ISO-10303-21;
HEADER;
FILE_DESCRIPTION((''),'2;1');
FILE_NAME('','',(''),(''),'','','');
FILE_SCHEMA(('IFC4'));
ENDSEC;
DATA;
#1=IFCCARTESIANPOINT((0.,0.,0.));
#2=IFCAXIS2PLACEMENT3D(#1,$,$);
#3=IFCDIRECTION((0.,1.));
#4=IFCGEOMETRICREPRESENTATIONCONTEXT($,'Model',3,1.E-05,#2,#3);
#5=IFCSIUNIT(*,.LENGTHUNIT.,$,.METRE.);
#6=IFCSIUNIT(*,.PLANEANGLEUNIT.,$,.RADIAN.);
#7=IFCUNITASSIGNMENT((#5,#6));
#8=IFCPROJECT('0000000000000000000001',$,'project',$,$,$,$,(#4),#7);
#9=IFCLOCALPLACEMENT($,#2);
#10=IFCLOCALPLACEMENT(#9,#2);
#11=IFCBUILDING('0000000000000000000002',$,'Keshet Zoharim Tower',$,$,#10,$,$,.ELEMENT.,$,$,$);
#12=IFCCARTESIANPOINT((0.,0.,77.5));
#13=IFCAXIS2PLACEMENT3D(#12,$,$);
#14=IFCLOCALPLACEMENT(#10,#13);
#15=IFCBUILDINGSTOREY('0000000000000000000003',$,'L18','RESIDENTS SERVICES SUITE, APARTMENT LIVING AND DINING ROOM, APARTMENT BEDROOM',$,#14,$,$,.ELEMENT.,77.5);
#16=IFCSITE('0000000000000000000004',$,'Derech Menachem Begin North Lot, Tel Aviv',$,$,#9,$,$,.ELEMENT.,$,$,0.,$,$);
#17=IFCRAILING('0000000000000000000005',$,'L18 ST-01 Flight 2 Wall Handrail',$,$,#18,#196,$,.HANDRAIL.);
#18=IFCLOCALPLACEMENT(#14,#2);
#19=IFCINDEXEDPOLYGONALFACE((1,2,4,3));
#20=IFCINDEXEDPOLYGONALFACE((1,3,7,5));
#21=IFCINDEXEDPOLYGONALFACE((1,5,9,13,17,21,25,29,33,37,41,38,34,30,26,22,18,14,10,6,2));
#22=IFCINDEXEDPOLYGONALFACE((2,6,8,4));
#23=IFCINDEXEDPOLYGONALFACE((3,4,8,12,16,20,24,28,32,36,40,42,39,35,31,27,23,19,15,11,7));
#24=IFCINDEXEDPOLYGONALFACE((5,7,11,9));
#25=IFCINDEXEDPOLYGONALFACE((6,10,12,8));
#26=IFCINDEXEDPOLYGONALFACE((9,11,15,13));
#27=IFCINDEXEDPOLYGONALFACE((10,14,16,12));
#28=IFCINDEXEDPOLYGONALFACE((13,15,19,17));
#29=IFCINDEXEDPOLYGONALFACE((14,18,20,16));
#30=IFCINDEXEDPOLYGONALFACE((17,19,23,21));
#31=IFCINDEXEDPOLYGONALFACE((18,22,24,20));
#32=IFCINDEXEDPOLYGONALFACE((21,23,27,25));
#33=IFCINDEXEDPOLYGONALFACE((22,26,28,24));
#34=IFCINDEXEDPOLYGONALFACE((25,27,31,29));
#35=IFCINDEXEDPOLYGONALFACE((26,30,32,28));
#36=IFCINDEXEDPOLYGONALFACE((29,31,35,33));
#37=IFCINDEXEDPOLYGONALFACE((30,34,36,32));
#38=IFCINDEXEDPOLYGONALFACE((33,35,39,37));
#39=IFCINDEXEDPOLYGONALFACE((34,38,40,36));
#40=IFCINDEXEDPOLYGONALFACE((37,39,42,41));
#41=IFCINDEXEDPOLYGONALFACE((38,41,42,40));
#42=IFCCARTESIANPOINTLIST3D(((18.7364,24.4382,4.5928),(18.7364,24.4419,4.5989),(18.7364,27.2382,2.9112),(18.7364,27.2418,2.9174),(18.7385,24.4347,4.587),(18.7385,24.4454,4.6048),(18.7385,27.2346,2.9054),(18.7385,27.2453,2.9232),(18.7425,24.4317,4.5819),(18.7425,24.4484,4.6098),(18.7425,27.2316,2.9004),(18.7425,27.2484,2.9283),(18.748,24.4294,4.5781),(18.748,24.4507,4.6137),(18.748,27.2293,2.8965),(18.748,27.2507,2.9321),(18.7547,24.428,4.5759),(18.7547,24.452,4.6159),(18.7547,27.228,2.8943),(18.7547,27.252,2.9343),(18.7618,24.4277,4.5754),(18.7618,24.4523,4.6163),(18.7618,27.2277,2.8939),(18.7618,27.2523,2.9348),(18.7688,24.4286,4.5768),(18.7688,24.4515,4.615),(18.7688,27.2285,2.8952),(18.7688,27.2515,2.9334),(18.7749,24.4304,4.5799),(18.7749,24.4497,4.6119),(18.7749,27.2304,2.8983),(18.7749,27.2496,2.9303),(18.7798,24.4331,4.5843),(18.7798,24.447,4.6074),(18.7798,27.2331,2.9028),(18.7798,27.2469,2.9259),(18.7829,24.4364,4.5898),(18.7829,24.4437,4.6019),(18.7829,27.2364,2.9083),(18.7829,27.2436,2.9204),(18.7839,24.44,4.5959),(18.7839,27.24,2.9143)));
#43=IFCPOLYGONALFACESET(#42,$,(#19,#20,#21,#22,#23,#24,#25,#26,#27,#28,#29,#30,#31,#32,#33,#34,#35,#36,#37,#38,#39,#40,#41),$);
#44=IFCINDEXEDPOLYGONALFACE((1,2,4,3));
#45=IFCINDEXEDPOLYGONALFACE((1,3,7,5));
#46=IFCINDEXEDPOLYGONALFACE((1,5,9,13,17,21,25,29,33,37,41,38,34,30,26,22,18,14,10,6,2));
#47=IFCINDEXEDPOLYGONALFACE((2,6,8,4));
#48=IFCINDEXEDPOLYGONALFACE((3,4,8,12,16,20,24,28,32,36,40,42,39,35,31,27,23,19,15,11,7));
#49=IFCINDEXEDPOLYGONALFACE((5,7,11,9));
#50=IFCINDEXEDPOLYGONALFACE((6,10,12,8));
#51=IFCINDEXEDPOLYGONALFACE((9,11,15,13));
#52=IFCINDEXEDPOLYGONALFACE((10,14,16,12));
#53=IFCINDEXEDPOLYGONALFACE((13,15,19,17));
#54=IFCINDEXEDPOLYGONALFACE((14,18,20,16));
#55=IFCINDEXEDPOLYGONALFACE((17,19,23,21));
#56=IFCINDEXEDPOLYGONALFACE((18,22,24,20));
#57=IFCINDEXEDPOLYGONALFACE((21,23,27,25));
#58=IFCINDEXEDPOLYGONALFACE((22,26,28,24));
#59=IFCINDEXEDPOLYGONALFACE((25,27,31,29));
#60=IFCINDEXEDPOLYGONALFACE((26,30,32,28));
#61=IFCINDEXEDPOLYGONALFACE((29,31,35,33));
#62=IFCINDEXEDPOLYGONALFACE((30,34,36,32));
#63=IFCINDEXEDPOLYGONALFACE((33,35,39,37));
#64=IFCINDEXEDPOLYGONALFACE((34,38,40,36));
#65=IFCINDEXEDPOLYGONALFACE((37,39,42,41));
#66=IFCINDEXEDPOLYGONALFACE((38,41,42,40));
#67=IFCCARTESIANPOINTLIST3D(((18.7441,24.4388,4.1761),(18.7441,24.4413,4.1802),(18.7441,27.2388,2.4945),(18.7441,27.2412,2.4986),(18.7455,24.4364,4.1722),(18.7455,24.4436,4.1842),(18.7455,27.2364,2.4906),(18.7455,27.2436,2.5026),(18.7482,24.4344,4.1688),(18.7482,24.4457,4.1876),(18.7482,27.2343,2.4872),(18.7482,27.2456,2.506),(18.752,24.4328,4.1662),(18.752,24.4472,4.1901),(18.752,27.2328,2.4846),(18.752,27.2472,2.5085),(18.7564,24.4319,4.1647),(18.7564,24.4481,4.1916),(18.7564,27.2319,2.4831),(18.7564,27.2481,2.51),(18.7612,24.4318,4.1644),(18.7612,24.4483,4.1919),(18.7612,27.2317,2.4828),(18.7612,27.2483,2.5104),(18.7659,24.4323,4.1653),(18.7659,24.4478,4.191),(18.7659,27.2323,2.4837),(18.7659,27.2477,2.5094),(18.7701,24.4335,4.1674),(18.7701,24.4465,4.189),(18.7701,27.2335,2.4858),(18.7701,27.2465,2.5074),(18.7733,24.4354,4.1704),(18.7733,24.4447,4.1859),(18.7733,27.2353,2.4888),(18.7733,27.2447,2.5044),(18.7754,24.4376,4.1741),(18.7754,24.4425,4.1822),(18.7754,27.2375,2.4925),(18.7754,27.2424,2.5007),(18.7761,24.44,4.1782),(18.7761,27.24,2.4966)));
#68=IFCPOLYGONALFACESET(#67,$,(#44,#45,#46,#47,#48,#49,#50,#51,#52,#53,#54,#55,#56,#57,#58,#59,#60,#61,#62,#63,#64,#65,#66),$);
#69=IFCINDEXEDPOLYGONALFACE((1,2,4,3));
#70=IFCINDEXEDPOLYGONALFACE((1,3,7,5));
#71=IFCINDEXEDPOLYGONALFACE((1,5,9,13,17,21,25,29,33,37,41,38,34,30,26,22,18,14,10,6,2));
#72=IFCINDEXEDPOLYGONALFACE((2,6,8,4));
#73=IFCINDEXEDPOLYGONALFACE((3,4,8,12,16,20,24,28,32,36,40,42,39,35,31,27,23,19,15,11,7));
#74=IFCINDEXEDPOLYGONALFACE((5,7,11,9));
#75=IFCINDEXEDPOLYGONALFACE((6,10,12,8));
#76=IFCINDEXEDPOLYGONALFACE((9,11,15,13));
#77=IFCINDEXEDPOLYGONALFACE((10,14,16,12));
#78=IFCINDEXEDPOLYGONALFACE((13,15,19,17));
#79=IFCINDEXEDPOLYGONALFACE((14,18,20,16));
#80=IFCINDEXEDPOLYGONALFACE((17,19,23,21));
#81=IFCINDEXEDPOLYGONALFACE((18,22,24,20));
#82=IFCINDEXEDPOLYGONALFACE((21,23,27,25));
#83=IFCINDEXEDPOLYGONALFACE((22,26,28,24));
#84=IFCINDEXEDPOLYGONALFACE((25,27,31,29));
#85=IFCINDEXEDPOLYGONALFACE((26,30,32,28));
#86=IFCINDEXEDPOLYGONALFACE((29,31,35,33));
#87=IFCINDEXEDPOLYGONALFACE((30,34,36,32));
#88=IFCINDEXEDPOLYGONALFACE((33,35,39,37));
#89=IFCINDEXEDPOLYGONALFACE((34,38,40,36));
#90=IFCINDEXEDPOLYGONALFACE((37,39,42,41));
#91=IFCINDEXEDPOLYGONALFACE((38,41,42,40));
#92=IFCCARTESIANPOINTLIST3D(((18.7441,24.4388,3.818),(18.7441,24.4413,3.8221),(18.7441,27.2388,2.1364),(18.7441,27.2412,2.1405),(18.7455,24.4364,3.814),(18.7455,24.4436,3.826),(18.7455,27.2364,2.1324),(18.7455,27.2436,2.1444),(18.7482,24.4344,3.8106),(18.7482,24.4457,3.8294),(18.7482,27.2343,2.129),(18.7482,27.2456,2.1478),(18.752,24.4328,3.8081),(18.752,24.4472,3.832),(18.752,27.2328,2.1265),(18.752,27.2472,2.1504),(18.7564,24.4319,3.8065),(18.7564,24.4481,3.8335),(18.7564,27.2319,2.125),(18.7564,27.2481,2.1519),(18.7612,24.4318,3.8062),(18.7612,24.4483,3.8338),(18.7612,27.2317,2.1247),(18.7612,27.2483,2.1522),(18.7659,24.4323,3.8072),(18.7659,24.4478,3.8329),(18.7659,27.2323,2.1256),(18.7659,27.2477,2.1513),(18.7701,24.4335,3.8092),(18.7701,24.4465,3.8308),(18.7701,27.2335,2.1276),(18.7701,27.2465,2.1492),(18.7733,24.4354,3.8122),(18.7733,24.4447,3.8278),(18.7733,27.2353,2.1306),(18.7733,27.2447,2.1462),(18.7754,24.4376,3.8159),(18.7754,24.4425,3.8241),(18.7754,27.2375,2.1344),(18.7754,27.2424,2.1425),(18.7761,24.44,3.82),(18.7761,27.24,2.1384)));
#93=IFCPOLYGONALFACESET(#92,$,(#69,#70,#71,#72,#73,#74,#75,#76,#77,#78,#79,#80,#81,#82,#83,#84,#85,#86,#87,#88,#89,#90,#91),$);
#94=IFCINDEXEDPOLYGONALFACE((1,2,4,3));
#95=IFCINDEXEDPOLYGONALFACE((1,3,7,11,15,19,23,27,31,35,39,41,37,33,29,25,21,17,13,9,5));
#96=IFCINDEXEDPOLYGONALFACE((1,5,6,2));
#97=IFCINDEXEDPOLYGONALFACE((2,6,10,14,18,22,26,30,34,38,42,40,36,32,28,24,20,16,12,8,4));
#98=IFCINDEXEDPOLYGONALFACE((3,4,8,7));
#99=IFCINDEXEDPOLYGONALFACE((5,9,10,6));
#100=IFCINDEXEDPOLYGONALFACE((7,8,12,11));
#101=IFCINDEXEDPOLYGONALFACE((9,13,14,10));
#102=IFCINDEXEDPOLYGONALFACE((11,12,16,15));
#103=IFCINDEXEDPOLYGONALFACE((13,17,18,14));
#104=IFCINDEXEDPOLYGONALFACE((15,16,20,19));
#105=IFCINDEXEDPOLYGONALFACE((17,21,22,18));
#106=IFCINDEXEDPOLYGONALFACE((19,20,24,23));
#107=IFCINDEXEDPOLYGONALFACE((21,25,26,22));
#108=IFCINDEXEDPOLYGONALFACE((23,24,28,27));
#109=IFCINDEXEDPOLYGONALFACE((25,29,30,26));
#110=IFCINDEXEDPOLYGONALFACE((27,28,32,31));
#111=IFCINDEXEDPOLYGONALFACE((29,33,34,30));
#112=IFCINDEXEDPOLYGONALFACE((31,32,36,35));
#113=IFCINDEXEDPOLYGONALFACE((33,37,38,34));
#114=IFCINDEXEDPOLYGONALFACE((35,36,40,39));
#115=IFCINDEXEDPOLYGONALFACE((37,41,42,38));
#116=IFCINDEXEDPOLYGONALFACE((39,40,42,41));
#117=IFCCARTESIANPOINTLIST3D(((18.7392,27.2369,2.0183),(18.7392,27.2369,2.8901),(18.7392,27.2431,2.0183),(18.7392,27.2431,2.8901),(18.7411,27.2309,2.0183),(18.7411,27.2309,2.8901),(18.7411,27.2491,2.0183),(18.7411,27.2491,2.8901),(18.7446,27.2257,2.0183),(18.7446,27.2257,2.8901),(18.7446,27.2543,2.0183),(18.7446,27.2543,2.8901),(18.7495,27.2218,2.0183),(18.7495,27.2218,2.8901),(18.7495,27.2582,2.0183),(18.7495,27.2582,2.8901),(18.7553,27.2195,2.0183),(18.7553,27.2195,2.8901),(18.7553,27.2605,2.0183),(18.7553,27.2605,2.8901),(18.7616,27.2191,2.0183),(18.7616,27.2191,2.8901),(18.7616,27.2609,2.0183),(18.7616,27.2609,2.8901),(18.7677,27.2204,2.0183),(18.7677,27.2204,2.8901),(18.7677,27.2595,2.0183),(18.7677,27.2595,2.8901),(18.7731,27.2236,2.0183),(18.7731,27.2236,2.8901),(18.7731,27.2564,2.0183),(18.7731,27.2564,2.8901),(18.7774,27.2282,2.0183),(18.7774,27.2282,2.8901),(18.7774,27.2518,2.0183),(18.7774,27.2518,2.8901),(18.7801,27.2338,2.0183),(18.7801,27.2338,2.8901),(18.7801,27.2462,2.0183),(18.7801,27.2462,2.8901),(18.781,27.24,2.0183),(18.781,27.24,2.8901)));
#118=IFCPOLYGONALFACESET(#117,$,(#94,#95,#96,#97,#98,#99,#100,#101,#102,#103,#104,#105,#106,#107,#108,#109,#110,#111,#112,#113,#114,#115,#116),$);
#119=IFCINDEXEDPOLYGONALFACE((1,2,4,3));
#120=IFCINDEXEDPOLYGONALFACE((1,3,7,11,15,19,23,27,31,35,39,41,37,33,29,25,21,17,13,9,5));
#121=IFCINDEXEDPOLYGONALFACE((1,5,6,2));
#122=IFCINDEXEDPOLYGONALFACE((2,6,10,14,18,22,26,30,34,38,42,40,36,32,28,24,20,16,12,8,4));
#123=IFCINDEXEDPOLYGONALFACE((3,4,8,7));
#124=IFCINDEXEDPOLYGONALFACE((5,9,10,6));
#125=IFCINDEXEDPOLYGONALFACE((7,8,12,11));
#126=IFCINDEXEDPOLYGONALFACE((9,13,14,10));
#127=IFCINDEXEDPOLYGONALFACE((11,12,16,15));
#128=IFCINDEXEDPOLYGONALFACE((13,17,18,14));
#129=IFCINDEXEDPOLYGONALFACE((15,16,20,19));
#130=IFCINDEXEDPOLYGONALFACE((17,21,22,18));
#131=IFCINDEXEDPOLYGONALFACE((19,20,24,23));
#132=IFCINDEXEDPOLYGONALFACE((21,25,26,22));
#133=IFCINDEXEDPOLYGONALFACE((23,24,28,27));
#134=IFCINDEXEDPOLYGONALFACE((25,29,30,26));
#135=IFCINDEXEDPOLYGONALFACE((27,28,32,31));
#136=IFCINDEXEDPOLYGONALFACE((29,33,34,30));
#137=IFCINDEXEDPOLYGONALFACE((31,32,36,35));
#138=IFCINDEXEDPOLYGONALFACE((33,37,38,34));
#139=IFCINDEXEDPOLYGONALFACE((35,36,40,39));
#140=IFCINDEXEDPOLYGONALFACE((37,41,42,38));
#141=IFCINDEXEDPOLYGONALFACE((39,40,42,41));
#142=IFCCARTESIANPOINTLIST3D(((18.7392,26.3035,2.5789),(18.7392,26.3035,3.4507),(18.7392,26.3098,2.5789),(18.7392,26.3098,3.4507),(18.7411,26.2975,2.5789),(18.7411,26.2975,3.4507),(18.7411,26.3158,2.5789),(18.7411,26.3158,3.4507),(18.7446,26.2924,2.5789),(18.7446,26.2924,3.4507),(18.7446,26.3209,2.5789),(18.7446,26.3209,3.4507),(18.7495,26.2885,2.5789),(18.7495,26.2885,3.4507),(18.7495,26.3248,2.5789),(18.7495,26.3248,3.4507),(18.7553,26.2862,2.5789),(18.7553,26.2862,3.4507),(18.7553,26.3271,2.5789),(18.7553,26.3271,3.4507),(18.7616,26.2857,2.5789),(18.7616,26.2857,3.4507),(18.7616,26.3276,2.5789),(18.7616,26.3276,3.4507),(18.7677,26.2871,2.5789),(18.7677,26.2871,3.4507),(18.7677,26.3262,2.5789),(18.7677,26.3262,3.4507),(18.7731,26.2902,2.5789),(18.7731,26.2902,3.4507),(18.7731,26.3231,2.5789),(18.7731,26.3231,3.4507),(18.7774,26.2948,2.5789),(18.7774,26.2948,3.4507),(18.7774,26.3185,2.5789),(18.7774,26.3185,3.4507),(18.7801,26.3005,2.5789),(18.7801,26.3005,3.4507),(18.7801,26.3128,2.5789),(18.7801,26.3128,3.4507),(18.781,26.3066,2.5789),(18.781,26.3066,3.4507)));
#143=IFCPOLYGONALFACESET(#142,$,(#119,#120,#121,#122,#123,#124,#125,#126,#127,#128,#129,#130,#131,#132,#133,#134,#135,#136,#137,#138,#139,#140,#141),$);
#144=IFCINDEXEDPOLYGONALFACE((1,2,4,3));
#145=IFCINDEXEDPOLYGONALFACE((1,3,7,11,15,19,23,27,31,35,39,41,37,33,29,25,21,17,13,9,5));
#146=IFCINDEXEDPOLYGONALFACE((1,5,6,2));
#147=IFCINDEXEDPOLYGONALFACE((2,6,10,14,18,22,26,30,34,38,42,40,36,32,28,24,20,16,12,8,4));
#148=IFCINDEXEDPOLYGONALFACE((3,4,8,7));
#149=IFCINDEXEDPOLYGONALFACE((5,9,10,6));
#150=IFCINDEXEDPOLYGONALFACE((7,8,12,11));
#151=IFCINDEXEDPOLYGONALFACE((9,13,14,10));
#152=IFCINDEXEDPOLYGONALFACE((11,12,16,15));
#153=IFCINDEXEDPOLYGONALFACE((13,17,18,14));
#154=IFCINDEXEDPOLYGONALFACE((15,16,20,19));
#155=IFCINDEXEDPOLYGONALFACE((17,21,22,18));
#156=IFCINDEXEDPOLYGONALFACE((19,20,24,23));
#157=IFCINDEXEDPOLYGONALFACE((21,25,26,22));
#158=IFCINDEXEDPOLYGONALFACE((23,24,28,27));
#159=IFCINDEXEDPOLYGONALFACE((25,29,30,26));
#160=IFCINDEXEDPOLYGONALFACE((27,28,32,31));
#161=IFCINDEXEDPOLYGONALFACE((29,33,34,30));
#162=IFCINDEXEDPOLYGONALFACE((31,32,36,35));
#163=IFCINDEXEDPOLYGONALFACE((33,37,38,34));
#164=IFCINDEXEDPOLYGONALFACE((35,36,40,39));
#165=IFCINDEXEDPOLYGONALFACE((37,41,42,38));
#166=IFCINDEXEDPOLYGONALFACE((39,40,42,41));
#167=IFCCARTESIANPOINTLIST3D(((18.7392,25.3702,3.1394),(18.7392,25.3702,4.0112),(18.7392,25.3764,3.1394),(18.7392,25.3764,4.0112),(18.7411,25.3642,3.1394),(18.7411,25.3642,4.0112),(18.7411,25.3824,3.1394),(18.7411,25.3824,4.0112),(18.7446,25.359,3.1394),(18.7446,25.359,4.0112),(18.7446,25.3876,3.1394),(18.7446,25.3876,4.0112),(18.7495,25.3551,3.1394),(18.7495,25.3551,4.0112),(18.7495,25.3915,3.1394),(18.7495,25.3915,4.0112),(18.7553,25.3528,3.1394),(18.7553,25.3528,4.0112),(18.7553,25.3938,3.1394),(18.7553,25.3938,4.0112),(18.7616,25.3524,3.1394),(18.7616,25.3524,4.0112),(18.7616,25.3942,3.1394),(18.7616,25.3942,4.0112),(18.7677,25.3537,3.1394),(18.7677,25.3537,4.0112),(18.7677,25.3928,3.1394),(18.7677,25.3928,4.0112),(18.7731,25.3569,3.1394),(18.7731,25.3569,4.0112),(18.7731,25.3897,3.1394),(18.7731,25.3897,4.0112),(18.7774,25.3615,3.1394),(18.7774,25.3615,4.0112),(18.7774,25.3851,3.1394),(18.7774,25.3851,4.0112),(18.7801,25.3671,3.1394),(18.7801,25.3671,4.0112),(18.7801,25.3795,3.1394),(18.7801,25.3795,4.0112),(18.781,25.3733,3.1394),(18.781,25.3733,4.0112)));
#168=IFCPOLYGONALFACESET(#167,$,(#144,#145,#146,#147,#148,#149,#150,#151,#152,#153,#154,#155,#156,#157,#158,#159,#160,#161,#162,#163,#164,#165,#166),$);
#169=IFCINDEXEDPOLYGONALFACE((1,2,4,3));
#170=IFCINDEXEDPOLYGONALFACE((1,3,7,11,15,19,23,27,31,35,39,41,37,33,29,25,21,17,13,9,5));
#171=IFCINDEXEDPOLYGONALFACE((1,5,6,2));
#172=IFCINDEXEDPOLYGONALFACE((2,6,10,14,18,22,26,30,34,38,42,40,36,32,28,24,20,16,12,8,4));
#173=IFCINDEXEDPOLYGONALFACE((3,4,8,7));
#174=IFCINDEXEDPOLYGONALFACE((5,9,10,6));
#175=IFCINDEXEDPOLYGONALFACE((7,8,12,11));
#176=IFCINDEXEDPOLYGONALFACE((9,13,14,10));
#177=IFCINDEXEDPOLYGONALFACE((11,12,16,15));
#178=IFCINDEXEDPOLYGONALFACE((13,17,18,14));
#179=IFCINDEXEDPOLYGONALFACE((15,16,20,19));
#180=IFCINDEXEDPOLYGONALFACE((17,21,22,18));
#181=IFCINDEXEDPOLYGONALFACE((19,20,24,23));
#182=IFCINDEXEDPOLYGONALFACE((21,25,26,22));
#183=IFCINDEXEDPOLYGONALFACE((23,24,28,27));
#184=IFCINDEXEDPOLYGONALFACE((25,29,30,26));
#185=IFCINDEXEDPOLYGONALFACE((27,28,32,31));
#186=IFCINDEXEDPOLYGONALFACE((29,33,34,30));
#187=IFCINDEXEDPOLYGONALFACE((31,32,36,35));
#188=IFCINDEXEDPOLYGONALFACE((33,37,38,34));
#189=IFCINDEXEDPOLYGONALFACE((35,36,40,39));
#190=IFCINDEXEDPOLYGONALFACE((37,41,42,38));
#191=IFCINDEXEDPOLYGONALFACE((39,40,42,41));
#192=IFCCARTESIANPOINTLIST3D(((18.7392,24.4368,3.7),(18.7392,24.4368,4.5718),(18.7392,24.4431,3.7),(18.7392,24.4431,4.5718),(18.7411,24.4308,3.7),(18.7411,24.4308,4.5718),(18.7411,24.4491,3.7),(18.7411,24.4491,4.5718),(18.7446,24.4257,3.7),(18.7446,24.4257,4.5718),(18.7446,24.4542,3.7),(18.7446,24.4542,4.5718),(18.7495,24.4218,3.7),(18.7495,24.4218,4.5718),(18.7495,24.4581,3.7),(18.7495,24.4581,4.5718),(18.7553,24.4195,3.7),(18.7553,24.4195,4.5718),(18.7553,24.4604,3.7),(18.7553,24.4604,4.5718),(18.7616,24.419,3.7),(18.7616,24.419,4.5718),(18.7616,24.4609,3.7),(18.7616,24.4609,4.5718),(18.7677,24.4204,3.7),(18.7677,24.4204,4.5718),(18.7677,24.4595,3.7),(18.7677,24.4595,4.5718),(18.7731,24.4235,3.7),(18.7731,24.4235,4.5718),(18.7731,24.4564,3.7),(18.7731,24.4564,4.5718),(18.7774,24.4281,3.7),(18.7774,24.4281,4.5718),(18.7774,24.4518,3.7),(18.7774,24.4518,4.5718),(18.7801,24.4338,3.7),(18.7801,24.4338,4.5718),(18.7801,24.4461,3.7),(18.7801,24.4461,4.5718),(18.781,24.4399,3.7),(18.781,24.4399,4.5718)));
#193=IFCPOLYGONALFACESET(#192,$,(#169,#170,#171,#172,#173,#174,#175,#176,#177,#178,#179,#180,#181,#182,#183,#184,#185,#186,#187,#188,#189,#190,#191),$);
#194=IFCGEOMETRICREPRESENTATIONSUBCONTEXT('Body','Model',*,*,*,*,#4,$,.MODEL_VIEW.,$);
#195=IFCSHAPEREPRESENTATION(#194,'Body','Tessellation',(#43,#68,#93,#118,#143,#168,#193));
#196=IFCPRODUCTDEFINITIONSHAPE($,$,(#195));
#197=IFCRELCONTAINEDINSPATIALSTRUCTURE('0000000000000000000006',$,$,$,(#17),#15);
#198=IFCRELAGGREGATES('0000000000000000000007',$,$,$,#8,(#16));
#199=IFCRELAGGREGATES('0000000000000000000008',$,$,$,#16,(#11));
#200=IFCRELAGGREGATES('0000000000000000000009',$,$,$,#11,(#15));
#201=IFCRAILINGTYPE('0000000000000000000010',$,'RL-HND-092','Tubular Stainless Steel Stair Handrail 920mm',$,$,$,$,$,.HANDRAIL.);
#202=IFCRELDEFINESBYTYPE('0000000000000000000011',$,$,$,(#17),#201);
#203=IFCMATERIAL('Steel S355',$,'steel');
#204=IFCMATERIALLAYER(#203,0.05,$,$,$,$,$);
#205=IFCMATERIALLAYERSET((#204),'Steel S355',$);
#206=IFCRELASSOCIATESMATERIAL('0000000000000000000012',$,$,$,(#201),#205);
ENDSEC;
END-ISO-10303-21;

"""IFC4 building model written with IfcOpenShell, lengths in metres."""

from ifc_helpers import new_model, si_unit, direction, frame, origin, origin_2d, place, context, subcontext, project, spatial, circle, extrude, material, layer, layer_set, type_object, element, save


model = new_model("IFC4")

# Units and contexts
model_context = context("Model", 3, precision=1e-05, world=origin(), true_north=direction((0.0, 1.0)))
body_context = subcontext(model_context, "Body", "Model", "MODEL_VIEW")
ifc_project = project(units=[si_unit("LENGTHUNIT", "METRE"), si_unit("PLANEANGLEUNIT", "RADIAN")], contexts=[model_context])

# Site, building, storey
site_placement = place(None, origin())
site = spatial("IfcSite", under=ifc_project, at=site_placement, Name="Derech Menachem Begin North Lot, Tel Aviv", CompositionType="ELEMENT", RefElevation=0.0)
building_placement = place(site_placement, origin())
building = spatial("IfcBuilding", under=site, at=building_placement, Name="Keshet Zoharim Tower", CompositionType="ELEMENT")
storey_placement = place(building_placement, frame((0.0, 0.0, 77.5)))
storey = spatial("IfcBuildingStorey", under=building, at=storey_placement, Name="L18", Description="RESIDENTS SERVICES SUITE, APARTMENT LIVING AND DINING ROOM, APARTMENT BEDROOM", CompositionType="ELEMENT", Elevation=77.5)

# Shared definitions
ifc_material_1 = material(Name="Steel S355", Category="steel")

# Railing
ifc_layer_1 = layer(ifc_material_1, 0.05)
ifc_layer_set_1 = layer_set([ifc_layer_1], Name="Steel S355")
railing_type_1 = type_object("IfcRailingType", Name="RL-HND-092", Description="Tubular Stainless Steel Stair Handrail 920mm", PredefinedType="HANDRAIL", material=ifc_layer_set_1)
railing_1_placement = place(storey_placement, frame((18.76, 27.24, 2.0183)))
element("IfcRailing", 1, at=railing_1_placement, inside=storey, type_object=railing_type_1, Name="L18 ST-01 Flight 2 Wall Handrail", PredefinedType="HANDRAIL", context=body_context, shape_type="SweptSolid", body=[
    extrude(circle(Radius=0.0239, at=origin_2d()), frame((0.0, 0.0, 0.896), z_axis=(0.0, -0.857275, 0.514858), x_axis=(1.0, 0.0, 0.0)), (0.0, 0.0, 1.0), 3.2661),
    extrude(circle(Radius=0.0161, at=origin_2d()), frame((0.0, 0.0, 0.4783), z_axis=(0.0, -0.857275, 0.514858), x_axis=(1.0, 0.0, 0.0)), (0.0, 0.0, 1.0), 3.2661),
    extrude(circle(Radius=0.0161, at=origin_2d()), frame((0.0, 0.0, 0.1201), z_axis=(0.0, -0.857275, 0.514858), x_axis=(1.0, 0.0, 0.0)), (0.0, 0.0, 1.0), 3.2661),
    extrude(circle(Radius=0.021, at=origin_2d()), origin(), (0.0, 0.0, 1.0), 0.8718),
    extrude(circle(Radius=0.021, at=origin_2d()), frame((0.0, -0.9333, 0.5605)), (0.0, 0.0, 1.0), 0.8718),
    extrude(circle(Radius=0.021, at=origin_2d()), frame((0.0, -1.8667, 1.1211)), (0.0, 0.0, 1.0), 0.8718),
    extrude(circle(Radius=0.021, at=origin_2d()), frame((0.0, -2.8, 1.6816)), (0.0, 0.0, 1.0), 0.8718),
])

save(model, "model.ifc")
